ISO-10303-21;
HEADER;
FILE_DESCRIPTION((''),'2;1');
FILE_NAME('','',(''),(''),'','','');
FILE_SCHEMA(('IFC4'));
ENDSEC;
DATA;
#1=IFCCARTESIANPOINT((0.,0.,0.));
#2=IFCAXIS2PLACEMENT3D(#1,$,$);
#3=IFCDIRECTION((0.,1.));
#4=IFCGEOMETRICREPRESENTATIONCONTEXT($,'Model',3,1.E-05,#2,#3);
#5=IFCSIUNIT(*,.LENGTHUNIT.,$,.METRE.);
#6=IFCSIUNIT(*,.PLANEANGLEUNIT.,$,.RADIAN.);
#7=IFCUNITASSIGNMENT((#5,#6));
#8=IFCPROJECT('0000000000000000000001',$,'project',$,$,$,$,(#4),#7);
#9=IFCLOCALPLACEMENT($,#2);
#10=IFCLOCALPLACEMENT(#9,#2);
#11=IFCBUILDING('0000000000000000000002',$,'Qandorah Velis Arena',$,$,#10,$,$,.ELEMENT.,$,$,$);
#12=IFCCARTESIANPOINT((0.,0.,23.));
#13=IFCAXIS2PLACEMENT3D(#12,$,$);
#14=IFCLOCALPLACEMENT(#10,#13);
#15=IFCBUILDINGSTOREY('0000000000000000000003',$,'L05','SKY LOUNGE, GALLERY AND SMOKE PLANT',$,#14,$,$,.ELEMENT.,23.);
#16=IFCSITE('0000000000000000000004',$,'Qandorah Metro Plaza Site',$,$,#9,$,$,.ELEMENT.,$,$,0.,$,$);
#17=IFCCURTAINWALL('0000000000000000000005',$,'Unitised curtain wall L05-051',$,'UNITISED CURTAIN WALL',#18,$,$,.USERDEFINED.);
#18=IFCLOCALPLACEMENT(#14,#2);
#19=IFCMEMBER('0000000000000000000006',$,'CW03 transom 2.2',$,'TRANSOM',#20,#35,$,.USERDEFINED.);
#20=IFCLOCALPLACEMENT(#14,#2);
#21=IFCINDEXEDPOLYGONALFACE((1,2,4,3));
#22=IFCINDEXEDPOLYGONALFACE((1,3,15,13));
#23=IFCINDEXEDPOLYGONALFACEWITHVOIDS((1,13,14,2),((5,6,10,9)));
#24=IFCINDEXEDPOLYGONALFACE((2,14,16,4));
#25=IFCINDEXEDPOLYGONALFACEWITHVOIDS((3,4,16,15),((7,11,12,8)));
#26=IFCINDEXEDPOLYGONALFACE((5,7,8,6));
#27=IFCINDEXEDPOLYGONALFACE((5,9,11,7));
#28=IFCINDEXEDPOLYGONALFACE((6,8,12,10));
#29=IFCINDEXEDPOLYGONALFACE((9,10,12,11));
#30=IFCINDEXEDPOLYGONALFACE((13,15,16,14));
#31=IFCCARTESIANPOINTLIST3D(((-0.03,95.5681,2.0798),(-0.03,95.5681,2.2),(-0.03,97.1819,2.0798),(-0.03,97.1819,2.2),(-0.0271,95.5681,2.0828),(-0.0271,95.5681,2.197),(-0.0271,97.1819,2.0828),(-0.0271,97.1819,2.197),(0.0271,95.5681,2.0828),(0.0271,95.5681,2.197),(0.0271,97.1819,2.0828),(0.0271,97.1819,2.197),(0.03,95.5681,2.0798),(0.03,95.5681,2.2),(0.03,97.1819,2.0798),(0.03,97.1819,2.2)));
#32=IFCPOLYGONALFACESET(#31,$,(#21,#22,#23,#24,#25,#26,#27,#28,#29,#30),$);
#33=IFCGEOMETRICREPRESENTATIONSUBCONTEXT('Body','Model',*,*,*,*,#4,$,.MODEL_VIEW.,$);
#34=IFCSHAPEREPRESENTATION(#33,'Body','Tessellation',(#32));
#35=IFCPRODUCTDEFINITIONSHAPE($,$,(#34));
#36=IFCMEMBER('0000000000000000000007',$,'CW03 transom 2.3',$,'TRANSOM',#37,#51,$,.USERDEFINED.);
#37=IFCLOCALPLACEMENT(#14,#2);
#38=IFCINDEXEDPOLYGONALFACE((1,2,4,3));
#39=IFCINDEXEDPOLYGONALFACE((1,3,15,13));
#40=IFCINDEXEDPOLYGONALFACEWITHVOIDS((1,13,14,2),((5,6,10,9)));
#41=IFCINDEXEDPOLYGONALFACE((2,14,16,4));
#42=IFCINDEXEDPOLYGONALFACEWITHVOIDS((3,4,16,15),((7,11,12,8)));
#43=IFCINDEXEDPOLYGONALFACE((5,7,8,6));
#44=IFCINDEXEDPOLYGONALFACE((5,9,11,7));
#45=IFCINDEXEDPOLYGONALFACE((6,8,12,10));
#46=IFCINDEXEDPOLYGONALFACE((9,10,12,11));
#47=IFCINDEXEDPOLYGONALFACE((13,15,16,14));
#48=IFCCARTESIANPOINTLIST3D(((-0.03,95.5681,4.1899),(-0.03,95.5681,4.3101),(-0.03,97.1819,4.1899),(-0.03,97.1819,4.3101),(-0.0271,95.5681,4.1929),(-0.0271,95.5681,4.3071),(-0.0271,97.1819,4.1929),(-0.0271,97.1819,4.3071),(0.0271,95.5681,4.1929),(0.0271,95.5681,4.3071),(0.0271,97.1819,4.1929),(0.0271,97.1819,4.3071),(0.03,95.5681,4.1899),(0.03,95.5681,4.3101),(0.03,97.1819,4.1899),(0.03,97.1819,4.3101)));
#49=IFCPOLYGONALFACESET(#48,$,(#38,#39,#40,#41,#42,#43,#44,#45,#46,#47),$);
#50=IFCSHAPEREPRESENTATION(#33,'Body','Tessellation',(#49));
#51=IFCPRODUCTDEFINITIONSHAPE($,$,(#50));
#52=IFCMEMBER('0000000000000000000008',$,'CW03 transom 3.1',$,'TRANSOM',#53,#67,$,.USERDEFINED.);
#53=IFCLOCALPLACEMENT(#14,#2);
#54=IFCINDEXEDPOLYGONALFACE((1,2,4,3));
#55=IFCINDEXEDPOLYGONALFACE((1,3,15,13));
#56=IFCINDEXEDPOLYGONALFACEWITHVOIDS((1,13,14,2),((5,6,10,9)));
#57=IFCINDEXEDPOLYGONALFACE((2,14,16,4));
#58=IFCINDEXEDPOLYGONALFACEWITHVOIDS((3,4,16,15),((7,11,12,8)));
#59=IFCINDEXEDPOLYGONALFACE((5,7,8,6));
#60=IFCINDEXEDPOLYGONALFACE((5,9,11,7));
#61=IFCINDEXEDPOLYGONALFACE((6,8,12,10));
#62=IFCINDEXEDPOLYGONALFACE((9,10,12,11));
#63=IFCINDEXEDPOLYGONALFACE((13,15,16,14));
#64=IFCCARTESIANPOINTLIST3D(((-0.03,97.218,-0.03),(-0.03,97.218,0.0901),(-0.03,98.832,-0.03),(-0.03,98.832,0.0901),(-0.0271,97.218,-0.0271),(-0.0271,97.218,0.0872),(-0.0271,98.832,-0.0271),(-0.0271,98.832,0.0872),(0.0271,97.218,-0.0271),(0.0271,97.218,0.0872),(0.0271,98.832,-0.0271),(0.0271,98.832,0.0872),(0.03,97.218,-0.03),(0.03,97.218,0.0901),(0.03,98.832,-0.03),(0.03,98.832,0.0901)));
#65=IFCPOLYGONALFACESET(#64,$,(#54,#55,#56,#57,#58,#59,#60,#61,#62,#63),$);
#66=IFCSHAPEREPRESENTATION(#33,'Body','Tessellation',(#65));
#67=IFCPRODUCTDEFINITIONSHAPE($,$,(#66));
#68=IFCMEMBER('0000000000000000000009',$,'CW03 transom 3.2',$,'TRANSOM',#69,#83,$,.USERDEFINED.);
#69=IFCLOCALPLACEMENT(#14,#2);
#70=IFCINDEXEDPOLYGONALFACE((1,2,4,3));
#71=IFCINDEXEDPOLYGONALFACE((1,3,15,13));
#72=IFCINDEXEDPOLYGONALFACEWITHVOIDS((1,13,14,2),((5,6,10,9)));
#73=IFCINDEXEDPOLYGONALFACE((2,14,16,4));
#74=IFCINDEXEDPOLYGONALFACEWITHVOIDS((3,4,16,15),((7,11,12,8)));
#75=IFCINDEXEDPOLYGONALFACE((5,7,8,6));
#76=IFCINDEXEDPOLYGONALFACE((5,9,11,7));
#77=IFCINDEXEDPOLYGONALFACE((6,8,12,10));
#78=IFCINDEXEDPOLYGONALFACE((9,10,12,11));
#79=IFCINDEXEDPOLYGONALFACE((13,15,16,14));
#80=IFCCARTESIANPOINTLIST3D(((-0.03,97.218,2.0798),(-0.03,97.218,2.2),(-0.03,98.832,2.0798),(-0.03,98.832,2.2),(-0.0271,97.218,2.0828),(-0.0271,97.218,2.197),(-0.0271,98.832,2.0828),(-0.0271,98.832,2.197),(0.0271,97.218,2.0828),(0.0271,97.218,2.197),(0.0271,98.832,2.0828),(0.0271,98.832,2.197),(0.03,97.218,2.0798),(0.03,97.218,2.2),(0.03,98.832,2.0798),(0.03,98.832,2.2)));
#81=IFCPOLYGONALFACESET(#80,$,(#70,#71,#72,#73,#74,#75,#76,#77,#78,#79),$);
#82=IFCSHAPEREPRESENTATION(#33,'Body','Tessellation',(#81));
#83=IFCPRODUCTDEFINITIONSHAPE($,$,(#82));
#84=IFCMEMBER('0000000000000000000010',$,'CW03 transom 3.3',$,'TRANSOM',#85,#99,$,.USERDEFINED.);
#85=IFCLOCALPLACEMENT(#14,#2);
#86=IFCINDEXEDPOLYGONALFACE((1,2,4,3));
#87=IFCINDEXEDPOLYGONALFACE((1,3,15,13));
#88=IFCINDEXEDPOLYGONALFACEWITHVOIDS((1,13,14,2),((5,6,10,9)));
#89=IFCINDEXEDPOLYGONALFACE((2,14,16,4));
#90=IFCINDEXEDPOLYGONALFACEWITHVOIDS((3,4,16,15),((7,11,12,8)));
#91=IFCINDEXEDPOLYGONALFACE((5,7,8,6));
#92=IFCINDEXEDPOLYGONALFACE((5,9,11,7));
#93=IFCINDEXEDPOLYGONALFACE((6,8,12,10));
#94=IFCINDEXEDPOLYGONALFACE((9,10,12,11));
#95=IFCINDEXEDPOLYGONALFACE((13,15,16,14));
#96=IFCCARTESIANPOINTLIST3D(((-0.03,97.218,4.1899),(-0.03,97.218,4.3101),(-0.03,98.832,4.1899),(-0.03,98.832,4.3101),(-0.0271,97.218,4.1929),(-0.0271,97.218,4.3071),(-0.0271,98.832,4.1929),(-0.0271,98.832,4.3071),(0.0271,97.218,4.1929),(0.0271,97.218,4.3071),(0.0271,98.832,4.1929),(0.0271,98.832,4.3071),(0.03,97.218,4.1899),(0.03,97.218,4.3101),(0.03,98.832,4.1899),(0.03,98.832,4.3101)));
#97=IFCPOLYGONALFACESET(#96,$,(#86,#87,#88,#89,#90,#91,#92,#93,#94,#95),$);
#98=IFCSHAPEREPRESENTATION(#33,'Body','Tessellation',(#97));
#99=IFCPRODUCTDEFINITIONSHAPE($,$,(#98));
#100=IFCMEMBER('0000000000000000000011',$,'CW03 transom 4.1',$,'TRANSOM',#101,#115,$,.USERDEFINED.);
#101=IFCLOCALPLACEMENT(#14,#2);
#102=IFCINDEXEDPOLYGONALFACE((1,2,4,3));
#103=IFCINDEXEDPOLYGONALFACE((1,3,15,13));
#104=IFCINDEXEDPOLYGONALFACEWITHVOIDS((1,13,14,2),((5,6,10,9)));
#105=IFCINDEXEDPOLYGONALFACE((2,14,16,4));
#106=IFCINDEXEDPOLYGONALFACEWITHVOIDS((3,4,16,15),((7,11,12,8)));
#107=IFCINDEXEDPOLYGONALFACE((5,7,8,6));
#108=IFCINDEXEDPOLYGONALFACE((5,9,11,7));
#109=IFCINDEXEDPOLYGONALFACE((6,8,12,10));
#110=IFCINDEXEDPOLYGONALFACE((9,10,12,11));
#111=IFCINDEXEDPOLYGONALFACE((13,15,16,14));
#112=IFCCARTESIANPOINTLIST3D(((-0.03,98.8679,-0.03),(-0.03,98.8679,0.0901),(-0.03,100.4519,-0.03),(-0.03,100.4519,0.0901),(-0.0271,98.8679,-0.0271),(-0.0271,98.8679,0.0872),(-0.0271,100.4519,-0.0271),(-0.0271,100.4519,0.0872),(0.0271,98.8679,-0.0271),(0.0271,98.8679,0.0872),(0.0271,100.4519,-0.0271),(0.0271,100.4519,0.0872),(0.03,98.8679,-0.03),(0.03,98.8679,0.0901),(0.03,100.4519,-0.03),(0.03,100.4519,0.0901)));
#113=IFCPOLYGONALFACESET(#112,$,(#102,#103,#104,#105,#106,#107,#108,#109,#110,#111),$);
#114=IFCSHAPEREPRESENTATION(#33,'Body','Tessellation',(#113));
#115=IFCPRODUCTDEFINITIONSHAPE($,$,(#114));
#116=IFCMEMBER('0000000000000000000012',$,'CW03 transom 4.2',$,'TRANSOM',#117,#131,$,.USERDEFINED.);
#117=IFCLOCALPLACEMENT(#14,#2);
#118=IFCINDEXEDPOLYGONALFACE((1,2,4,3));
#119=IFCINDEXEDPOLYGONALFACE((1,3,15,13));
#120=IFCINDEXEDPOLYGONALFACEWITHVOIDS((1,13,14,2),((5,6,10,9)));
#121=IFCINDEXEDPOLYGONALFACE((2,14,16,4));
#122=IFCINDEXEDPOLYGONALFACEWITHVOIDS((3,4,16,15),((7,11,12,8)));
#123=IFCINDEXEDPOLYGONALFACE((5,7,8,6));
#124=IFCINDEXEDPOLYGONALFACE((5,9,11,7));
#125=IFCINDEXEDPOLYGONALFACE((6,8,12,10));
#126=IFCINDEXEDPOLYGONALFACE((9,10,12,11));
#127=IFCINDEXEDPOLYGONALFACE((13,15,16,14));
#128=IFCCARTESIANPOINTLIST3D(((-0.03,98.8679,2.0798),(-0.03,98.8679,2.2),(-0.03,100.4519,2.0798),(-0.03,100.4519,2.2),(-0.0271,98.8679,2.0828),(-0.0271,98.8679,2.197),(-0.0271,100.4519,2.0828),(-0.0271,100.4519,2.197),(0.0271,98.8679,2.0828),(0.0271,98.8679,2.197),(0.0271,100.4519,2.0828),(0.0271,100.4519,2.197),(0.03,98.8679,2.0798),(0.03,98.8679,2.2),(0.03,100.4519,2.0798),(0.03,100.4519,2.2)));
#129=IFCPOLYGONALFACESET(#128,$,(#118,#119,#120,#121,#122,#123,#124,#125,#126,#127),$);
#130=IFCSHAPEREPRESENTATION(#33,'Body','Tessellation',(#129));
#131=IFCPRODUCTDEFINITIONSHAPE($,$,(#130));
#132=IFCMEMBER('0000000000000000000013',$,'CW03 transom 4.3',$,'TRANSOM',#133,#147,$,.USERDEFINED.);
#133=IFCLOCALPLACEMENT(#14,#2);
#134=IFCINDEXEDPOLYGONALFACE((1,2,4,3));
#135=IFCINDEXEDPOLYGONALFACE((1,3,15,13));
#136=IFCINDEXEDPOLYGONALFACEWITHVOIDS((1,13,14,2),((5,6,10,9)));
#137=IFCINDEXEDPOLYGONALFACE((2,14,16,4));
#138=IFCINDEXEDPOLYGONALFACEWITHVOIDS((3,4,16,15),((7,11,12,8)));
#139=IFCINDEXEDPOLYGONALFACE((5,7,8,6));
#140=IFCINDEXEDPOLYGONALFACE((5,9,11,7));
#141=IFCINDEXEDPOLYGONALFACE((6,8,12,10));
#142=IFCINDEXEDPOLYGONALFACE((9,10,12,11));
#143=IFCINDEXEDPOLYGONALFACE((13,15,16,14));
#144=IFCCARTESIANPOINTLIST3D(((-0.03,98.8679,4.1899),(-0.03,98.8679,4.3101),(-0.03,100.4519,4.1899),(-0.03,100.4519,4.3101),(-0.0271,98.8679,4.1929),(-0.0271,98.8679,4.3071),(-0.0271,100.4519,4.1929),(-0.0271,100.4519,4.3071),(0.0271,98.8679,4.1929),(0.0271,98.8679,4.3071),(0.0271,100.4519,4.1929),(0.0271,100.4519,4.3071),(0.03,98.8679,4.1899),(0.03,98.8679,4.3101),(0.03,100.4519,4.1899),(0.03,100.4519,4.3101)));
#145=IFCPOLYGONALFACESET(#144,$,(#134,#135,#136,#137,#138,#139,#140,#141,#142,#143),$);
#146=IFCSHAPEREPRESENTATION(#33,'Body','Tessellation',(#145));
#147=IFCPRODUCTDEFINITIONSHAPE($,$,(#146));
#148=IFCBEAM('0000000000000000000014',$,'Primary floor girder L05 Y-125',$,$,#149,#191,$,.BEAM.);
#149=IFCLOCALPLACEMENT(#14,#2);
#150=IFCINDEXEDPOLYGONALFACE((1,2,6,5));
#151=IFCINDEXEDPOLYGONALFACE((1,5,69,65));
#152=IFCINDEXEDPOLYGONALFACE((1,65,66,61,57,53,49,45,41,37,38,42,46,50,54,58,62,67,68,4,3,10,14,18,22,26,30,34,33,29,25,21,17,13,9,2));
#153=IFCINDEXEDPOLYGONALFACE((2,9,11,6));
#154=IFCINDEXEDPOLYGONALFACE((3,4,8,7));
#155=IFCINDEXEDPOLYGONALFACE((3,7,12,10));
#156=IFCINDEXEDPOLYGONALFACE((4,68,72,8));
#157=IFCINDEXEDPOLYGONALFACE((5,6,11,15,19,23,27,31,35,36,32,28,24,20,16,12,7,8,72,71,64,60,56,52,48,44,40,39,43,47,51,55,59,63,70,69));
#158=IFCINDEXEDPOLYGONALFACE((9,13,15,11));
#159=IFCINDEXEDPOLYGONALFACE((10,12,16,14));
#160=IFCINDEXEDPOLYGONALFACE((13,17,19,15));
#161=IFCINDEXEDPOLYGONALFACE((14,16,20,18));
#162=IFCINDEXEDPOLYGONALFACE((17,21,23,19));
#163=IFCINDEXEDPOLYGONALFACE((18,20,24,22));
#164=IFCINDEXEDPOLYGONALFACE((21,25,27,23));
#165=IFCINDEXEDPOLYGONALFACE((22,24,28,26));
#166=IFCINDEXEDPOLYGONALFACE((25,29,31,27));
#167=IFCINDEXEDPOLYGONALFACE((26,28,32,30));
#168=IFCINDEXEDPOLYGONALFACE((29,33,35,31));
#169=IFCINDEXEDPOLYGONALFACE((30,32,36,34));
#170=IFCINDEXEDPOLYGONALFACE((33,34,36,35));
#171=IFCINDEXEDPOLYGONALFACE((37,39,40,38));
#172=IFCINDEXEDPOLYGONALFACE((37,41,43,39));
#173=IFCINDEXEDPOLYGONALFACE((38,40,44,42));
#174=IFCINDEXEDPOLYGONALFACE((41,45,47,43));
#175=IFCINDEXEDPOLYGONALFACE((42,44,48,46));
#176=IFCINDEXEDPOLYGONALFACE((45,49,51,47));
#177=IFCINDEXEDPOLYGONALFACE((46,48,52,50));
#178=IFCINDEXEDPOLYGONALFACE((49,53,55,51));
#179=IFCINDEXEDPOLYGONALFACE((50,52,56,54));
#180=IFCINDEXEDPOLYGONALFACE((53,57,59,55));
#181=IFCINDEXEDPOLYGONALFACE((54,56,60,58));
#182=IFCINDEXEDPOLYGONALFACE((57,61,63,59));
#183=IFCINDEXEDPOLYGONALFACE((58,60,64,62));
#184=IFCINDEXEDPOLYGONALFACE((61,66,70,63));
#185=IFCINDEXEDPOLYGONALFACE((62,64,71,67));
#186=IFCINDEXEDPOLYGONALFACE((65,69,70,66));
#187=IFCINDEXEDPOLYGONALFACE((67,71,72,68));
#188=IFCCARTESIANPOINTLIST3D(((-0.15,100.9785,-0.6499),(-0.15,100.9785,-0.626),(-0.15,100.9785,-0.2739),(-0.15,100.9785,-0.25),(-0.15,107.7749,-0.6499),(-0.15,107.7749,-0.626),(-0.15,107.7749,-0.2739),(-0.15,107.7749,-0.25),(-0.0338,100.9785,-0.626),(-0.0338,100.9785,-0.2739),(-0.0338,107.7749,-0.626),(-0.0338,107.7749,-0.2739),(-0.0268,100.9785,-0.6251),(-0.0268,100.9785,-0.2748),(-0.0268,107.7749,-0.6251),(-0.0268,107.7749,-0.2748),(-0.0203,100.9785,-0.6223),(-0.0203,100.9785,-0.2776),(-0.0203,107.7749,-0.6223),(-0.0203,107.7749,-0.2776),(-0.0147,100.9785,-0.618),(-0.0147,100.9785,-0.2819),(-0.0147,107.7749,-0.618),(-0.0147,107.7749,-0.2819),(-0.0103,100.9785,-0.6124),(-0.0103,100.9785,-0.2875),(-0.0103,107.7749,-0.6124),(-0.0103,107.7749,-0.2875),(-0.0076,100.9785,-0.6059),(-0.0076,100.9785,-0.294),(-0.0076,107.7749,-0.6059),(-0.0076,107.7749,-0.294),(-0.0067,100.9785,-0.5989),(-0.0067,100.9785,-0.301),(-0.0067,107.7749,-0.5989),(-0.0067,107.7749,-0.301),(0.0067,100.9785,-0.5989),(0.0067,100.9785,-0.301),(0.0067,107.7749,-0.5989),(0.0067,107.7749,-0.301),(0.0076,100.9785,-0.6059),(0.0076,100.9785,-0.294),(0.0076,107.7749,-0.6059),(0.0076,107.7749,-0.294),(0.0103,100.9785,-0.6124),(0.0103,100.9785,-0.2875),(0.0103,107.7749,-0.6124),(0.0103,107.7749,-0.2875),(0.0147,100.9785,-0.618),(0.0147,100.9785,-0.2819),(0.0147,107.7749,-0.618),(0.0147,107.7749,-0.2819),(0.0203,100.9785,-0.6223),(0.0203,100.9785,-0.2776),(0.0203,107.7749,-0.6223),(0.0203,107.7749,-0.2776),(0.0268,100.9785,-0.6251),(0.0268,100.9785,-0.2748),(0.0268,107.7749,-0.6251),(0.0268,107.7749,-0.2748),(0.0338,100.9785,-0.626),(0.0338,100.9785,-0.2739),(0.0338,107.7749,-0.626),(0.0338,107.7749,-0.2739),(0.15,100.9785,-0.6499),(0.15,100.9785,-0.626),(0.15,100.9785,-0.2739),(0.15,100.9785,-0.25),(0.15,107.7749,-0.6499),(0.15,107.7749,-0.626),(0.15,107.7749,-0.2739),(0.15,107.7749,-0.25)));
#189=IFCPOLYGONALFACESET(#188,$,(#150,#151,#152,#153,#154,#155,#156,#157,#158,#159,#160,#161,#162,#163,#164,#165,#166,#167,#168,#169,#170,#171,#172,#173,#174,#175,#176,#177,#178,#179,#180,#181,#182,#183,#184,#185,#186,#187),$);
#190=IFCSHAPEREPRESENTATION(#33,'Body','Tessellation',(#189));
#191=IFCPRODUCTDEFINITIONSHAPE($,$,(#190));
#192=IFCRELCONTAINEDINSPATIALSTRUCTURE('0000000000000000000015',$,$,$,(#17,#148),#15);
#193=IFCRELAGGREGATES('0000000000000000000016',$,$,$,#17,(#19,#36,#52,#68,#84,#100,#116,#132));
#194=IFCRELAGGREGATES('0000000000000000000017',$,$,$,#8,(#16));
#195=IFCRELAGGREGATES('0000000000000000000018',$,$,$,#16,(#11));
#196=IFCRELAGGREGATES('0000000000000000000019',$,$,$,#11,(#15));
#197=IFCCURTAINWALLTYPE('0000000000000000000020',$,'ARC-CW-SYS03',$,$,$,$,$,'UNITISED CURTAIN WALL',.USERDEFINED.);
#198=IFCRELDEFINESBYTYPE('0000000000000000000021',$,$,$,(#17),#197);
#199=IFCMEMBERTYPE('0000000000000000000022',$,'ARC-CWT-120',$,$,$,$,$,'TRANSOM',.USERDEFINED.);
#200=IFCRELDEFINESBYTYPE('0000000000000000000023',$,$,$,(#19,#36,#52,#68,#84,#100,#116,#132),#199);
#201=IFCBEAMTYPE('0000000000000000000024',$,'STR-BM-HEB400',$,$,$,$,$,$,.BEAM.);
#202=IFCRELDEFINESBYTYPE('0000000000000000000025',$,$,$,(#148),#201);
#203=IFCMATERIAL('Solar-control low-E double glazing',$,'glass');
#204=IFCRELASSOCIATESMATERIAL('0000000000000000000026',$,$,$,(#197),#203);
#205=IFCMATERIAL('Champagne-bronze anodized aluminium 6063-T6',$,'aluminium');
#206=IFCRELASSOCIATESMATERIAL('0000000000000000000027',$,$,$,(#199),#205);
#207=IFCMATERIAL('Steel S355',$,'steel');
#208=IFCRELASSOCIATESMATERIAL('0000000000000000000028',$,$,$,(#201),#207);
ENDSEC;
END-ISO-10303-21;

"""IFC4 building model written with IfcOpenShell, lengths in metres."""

from ifc_helpers import new_model, si_unit, direction, frame, origin, origin_2d, place, context, subcontext, project, spatial, hollow_rectangle, i_section, extrude, material, material_profile, profile_set, type_object, element, aggregate, save


model = new_model("IFC4")

# Units and contexts
model_context = context("Model", 3, precision=1e-05, world=origin(), true_north=direction((0.0, 1.0)))
body_context = subcontext(model_context, "Body", "Model", "MODEL_VIEW")
ifc_project = project(units=[si_unit("LENGTHUNIT", "METRE"), si_unit("PLANEANGLEUNIT", "RADIAN")], contexts=[model_context])

# Site, building, storey
site_placement = place(None, origin())
site = spatial("IfcSite", under=ifc_project, at=site_placement, Name="Qandorah Metro Plaza Site", CompositionType="ELEMENT", RefElevation=0.0)
building_placement = place(site_placement, origin())
building = spatial("IfcBuilding", under=site, at=building_placement, Name="Qandorah Velis Arena", CompositionType="ELEMENT")
storey_placement = place(building_placement, frame((0.0, 0.0, 23.0)))
storey = spatial("IfcBuildingStorey", under=building, at=storey_placement, Name="L05", Description="SKY LOUNGE, GALLERY AND SMOKE PLANT", CompositionType="ELEMENT", Elevation=23.0)

# Curtain wall
ifc_material_1 = material(Name="Solar-control low-E double glazing", Category="glass")
ifc_material_2 = material(Name="Champagne-bronze anodized aluminium 6063-T6", Category="aluminium")
curtain_wall_type_1 = type_object("IfcCurtainWallType", Name="ARC-CW-SYS03", ElementType="UNITISED CURTAIN WALL", PredefinedType="USERDEFINED", material=ifc_material_1)
curtain_wall_1_placement = place(storey_placement, origin())
curtain_wall_1 = element("IfcCurtainWall", 1, at=curtain_wall_1_placement, inside=storey, type_object=curtain_wall_type_1, Name="Unitised curtain wall L05-051", ObjectType="UNITISED CURTAIN WALL", PredefinedType="USERDEFINED")

# Members
ifc_material_profile_1 = material_profile(ifc_material_2, hollow_rectangle(XDim=0.0601, YDim=0.1201, WallThickness=0.0029, at=origin_2d()), Name="ALU TRANSOM 60x120")
ifc_profile_set_1 = profile_set([ifc_material_profile_1], Name="Champagne-bronze anodized aluminium 6063-T6")
member_type_1 = type_object("IfcMemberType", Name="ARC-CWT-120", ElementType="TRANSOM", PredefinedType="USERDEFINED", material=ifc_profile_set_1)
member_1_placement = place(storey_placement, frame((0.0, 95.5681, 2.1399), z_axis=(0.0, 1.0, 0.0), x_axis=(-1.0, 0.0, 0.0)))
member_1 = element("IfcMember", 2, at=member_1_placement, type_object=member_type_1, Name="CW03 transom 2.2", ObjectType="TRANSOM", PredefinedType="USERDEFINED", context=body_context, shape_type="SweptSolid", body=[
    extrude(hollow_rectangle(XDim=0.0601, YDim=0.1201, WallThickness=0.0029, at=origin_2d()), origin(), (0.0, 0.0, 1.0), 1.6138),
])
member_2_placement = place(storey_placement, frame((0.0, 95.5681, 4.25), z_axis=(0.0, 1.0, 0.0), x_axis=(-1.0, 0.0, 0.0)))
member_2 = element("IfcMember", 3, at=member_2_placement, type_object=member_type_1, Name="CW03 transom 2.3", ObjectType="TRANSOM", PredefinedType="USERDEFINED", context=body_context, shape_type="SweptSolid", body=[
    extrude(hollow_rectangle(XDim=0.0601, YDim=0.1201, WallThickness=0.0029, at=origin_2d()), origin(), (0.0, 0.0, 1.0), 1.6138),
])
member_3_placement = place(storey_placement, frame((0.0, 97.218, 0.03), z_axis=(0.0, 1.0, 0.0), x_axis=(-1.0, 0.0, 0.0)))
member_3 = element("IfcMember", 4, at=member_3_placement, type_object=member_type_1, Name="CW03 transom 3.1", ObjectType="TRANSOM", PredefinedType="USERDEFINED", context=body_context, shape_type="SweptSolid", body=[
    extrude(hollow_rectangle(XDim=0.0601, YDim=0.1201, WallThickness=0.0029, at=origin_2d()), origin(), (0.0, 0.0, 1.0), 1.614),
])
member_4_placement = place(storey_placement, frame((0.0, 97.218, 2.1399), z_axis=(0.0, 1.0, 0.0), x_axis=(-1.0, 0.0, 0.0)))
member_4 = element("IfcMember", 5, at=member_4_placement, type_object=member_type_1, Name="CW03 transom 3.2", ObjectType="TRANSOM", PredefinedType="USERDEFINED", context=body_context, shape_type="SweptSolid", body=[
    extrude(hollow_rectangle(XDim=0.0601, YDim=0.1201, WallThickness=0.0029, at=origin_2d()), origin(), (0.0, 0.0, 1.0), 1.614),
])
member_5_placement = place(storey_placement, frame((0.0, 97.218, 4.25), z_axis=(0.0, 1.0, 0.0), x_axis=(-1.0, 0.0, 0.0)))
member_5 = element("IfcMember", 6, at=member_5_placement, type_object=member_type_1, Name="CW03 transom 3.3", ObjectType="TRANSOM", PredefinedType="USERDEFINED", context=body_context, shape_type="SweptSolid", body=[
    extrude(hollow_rectangle(XDim=0.0601, YDim=0.1201, WallThickness=0.0029, at=origin_2d()), origin(), (0.0, 0.0, 1.0), 1.614),
])
member_6_placement = place(storey_placement, frame((0.0, 98.8679, 0.03), z_axis=(0.0, 1.0, 0.0), x_axis=(-1.0, 0.0, 0.0)))
member_6 = element("IfcMember", 7, at=member_6_placement, type_object=member_type_1, Name="CW03 transom 4.1", ObjectType="TRANSOM", PredefinedType="USERDEFINED", context=body_context, shape_type="SweptSolid", body=[
    extrude(hollow_rectangle(XDim=0.0601, YDim=0.1201, WallThickness=0.0029, at=origin_2d()), origin(), (0.0, 0.0, 1.0), 1.584),
])
member_7_placement = place(storey_placement, frame((0.0, 98.8679, 2.1399), z_axis=(0.0, 1.0, 0.0), x_axis=(-1.0, 0.0, 0.0)))
member_7 = element("IfcMember", 8, at=member_7_placement, type_object=member_type_1, Name="CW03 transom 4.2", ObjectType="TRANSOM", PredefinedType="USERDEFINED", context=body_context, shape_type="SweptSolid", body=[
    extrude(hollow_rectangle(XDim=0.0601, YDim=0.1201, WallThickness=0.0029, at=origin_2d()), origin(), (0.0, 0.0, 1.0), 1.584),
])
member_8_placement = place(storey_placement, frame((0.0, 98.8679, 4.25), z_axis=(0.0, 1.0, 0.0), x_axis=(-1.0, 0.0, 0.0)))
member_8 = element("IfcMember", 9, at=member_8_placement, type_object=member_type_1, Name="CW03 transom 4.3", ObjectType="TRANSOM", PredefinedType="USERDEFINED", context=body_context, shape_type="SweptSolid", body=[
    extrude(hollow_rectangle(XDim=0.0601, YDim=0.1201, WallThickness=0.0029, at=origin_2d()), origin(), (0.0, 0.0, 1.0), 1.584),
])

# Beam
ifc_material_3 = material(Name="Steel S355", Category="steel")
ifc_material_profile_2 = material_profile(ifc_material_3, i_section(OverallWidth=0.3, OverallDepth=0.3999, WebThickness=0.0134, FlangeThickness=0.0239, FilletRadius=0.0271, at=origin_2d()), Name="HEB 400")
ifc_profile_set_2 = profile_set([ifc_material_profile_2], Name="Steel S355")
beam_type = type_object("IfcBeamType", Name="STR-BM-HEB400", PredefinedType="BEAM", material=ifc_profile_set_2)
beam_placement = place(storey_placement, frame((0.0, 100.9785, -0.45), z_axis=(0.0, 1.0, 0.0), x_axis=(-1.0, 0.0, 0.0)))
element("IfcBeam", 10, at=beam_placement, inside=storey, type_object=beam_type, Name="Primary floor girder L05 Y-125", PredefinedType="BEAM", context=body_context, shape_type="SweptSolid", body=[
    extrude(i_section(OverallWidth=0.3, OverallDepth=0.3999, WebThickness=0.0134, FlangeThickness=0.0239, FilletRadius=0.0271, at=origin_2d()), origin(), (0.0, 0.0, 1.0), 6.7964),
])

aggregate(curtain_wall_1, [member_1, member_2, member_3, member_4, member_5, member_6, member_7, member_8])

save(model, "model.ifc")
